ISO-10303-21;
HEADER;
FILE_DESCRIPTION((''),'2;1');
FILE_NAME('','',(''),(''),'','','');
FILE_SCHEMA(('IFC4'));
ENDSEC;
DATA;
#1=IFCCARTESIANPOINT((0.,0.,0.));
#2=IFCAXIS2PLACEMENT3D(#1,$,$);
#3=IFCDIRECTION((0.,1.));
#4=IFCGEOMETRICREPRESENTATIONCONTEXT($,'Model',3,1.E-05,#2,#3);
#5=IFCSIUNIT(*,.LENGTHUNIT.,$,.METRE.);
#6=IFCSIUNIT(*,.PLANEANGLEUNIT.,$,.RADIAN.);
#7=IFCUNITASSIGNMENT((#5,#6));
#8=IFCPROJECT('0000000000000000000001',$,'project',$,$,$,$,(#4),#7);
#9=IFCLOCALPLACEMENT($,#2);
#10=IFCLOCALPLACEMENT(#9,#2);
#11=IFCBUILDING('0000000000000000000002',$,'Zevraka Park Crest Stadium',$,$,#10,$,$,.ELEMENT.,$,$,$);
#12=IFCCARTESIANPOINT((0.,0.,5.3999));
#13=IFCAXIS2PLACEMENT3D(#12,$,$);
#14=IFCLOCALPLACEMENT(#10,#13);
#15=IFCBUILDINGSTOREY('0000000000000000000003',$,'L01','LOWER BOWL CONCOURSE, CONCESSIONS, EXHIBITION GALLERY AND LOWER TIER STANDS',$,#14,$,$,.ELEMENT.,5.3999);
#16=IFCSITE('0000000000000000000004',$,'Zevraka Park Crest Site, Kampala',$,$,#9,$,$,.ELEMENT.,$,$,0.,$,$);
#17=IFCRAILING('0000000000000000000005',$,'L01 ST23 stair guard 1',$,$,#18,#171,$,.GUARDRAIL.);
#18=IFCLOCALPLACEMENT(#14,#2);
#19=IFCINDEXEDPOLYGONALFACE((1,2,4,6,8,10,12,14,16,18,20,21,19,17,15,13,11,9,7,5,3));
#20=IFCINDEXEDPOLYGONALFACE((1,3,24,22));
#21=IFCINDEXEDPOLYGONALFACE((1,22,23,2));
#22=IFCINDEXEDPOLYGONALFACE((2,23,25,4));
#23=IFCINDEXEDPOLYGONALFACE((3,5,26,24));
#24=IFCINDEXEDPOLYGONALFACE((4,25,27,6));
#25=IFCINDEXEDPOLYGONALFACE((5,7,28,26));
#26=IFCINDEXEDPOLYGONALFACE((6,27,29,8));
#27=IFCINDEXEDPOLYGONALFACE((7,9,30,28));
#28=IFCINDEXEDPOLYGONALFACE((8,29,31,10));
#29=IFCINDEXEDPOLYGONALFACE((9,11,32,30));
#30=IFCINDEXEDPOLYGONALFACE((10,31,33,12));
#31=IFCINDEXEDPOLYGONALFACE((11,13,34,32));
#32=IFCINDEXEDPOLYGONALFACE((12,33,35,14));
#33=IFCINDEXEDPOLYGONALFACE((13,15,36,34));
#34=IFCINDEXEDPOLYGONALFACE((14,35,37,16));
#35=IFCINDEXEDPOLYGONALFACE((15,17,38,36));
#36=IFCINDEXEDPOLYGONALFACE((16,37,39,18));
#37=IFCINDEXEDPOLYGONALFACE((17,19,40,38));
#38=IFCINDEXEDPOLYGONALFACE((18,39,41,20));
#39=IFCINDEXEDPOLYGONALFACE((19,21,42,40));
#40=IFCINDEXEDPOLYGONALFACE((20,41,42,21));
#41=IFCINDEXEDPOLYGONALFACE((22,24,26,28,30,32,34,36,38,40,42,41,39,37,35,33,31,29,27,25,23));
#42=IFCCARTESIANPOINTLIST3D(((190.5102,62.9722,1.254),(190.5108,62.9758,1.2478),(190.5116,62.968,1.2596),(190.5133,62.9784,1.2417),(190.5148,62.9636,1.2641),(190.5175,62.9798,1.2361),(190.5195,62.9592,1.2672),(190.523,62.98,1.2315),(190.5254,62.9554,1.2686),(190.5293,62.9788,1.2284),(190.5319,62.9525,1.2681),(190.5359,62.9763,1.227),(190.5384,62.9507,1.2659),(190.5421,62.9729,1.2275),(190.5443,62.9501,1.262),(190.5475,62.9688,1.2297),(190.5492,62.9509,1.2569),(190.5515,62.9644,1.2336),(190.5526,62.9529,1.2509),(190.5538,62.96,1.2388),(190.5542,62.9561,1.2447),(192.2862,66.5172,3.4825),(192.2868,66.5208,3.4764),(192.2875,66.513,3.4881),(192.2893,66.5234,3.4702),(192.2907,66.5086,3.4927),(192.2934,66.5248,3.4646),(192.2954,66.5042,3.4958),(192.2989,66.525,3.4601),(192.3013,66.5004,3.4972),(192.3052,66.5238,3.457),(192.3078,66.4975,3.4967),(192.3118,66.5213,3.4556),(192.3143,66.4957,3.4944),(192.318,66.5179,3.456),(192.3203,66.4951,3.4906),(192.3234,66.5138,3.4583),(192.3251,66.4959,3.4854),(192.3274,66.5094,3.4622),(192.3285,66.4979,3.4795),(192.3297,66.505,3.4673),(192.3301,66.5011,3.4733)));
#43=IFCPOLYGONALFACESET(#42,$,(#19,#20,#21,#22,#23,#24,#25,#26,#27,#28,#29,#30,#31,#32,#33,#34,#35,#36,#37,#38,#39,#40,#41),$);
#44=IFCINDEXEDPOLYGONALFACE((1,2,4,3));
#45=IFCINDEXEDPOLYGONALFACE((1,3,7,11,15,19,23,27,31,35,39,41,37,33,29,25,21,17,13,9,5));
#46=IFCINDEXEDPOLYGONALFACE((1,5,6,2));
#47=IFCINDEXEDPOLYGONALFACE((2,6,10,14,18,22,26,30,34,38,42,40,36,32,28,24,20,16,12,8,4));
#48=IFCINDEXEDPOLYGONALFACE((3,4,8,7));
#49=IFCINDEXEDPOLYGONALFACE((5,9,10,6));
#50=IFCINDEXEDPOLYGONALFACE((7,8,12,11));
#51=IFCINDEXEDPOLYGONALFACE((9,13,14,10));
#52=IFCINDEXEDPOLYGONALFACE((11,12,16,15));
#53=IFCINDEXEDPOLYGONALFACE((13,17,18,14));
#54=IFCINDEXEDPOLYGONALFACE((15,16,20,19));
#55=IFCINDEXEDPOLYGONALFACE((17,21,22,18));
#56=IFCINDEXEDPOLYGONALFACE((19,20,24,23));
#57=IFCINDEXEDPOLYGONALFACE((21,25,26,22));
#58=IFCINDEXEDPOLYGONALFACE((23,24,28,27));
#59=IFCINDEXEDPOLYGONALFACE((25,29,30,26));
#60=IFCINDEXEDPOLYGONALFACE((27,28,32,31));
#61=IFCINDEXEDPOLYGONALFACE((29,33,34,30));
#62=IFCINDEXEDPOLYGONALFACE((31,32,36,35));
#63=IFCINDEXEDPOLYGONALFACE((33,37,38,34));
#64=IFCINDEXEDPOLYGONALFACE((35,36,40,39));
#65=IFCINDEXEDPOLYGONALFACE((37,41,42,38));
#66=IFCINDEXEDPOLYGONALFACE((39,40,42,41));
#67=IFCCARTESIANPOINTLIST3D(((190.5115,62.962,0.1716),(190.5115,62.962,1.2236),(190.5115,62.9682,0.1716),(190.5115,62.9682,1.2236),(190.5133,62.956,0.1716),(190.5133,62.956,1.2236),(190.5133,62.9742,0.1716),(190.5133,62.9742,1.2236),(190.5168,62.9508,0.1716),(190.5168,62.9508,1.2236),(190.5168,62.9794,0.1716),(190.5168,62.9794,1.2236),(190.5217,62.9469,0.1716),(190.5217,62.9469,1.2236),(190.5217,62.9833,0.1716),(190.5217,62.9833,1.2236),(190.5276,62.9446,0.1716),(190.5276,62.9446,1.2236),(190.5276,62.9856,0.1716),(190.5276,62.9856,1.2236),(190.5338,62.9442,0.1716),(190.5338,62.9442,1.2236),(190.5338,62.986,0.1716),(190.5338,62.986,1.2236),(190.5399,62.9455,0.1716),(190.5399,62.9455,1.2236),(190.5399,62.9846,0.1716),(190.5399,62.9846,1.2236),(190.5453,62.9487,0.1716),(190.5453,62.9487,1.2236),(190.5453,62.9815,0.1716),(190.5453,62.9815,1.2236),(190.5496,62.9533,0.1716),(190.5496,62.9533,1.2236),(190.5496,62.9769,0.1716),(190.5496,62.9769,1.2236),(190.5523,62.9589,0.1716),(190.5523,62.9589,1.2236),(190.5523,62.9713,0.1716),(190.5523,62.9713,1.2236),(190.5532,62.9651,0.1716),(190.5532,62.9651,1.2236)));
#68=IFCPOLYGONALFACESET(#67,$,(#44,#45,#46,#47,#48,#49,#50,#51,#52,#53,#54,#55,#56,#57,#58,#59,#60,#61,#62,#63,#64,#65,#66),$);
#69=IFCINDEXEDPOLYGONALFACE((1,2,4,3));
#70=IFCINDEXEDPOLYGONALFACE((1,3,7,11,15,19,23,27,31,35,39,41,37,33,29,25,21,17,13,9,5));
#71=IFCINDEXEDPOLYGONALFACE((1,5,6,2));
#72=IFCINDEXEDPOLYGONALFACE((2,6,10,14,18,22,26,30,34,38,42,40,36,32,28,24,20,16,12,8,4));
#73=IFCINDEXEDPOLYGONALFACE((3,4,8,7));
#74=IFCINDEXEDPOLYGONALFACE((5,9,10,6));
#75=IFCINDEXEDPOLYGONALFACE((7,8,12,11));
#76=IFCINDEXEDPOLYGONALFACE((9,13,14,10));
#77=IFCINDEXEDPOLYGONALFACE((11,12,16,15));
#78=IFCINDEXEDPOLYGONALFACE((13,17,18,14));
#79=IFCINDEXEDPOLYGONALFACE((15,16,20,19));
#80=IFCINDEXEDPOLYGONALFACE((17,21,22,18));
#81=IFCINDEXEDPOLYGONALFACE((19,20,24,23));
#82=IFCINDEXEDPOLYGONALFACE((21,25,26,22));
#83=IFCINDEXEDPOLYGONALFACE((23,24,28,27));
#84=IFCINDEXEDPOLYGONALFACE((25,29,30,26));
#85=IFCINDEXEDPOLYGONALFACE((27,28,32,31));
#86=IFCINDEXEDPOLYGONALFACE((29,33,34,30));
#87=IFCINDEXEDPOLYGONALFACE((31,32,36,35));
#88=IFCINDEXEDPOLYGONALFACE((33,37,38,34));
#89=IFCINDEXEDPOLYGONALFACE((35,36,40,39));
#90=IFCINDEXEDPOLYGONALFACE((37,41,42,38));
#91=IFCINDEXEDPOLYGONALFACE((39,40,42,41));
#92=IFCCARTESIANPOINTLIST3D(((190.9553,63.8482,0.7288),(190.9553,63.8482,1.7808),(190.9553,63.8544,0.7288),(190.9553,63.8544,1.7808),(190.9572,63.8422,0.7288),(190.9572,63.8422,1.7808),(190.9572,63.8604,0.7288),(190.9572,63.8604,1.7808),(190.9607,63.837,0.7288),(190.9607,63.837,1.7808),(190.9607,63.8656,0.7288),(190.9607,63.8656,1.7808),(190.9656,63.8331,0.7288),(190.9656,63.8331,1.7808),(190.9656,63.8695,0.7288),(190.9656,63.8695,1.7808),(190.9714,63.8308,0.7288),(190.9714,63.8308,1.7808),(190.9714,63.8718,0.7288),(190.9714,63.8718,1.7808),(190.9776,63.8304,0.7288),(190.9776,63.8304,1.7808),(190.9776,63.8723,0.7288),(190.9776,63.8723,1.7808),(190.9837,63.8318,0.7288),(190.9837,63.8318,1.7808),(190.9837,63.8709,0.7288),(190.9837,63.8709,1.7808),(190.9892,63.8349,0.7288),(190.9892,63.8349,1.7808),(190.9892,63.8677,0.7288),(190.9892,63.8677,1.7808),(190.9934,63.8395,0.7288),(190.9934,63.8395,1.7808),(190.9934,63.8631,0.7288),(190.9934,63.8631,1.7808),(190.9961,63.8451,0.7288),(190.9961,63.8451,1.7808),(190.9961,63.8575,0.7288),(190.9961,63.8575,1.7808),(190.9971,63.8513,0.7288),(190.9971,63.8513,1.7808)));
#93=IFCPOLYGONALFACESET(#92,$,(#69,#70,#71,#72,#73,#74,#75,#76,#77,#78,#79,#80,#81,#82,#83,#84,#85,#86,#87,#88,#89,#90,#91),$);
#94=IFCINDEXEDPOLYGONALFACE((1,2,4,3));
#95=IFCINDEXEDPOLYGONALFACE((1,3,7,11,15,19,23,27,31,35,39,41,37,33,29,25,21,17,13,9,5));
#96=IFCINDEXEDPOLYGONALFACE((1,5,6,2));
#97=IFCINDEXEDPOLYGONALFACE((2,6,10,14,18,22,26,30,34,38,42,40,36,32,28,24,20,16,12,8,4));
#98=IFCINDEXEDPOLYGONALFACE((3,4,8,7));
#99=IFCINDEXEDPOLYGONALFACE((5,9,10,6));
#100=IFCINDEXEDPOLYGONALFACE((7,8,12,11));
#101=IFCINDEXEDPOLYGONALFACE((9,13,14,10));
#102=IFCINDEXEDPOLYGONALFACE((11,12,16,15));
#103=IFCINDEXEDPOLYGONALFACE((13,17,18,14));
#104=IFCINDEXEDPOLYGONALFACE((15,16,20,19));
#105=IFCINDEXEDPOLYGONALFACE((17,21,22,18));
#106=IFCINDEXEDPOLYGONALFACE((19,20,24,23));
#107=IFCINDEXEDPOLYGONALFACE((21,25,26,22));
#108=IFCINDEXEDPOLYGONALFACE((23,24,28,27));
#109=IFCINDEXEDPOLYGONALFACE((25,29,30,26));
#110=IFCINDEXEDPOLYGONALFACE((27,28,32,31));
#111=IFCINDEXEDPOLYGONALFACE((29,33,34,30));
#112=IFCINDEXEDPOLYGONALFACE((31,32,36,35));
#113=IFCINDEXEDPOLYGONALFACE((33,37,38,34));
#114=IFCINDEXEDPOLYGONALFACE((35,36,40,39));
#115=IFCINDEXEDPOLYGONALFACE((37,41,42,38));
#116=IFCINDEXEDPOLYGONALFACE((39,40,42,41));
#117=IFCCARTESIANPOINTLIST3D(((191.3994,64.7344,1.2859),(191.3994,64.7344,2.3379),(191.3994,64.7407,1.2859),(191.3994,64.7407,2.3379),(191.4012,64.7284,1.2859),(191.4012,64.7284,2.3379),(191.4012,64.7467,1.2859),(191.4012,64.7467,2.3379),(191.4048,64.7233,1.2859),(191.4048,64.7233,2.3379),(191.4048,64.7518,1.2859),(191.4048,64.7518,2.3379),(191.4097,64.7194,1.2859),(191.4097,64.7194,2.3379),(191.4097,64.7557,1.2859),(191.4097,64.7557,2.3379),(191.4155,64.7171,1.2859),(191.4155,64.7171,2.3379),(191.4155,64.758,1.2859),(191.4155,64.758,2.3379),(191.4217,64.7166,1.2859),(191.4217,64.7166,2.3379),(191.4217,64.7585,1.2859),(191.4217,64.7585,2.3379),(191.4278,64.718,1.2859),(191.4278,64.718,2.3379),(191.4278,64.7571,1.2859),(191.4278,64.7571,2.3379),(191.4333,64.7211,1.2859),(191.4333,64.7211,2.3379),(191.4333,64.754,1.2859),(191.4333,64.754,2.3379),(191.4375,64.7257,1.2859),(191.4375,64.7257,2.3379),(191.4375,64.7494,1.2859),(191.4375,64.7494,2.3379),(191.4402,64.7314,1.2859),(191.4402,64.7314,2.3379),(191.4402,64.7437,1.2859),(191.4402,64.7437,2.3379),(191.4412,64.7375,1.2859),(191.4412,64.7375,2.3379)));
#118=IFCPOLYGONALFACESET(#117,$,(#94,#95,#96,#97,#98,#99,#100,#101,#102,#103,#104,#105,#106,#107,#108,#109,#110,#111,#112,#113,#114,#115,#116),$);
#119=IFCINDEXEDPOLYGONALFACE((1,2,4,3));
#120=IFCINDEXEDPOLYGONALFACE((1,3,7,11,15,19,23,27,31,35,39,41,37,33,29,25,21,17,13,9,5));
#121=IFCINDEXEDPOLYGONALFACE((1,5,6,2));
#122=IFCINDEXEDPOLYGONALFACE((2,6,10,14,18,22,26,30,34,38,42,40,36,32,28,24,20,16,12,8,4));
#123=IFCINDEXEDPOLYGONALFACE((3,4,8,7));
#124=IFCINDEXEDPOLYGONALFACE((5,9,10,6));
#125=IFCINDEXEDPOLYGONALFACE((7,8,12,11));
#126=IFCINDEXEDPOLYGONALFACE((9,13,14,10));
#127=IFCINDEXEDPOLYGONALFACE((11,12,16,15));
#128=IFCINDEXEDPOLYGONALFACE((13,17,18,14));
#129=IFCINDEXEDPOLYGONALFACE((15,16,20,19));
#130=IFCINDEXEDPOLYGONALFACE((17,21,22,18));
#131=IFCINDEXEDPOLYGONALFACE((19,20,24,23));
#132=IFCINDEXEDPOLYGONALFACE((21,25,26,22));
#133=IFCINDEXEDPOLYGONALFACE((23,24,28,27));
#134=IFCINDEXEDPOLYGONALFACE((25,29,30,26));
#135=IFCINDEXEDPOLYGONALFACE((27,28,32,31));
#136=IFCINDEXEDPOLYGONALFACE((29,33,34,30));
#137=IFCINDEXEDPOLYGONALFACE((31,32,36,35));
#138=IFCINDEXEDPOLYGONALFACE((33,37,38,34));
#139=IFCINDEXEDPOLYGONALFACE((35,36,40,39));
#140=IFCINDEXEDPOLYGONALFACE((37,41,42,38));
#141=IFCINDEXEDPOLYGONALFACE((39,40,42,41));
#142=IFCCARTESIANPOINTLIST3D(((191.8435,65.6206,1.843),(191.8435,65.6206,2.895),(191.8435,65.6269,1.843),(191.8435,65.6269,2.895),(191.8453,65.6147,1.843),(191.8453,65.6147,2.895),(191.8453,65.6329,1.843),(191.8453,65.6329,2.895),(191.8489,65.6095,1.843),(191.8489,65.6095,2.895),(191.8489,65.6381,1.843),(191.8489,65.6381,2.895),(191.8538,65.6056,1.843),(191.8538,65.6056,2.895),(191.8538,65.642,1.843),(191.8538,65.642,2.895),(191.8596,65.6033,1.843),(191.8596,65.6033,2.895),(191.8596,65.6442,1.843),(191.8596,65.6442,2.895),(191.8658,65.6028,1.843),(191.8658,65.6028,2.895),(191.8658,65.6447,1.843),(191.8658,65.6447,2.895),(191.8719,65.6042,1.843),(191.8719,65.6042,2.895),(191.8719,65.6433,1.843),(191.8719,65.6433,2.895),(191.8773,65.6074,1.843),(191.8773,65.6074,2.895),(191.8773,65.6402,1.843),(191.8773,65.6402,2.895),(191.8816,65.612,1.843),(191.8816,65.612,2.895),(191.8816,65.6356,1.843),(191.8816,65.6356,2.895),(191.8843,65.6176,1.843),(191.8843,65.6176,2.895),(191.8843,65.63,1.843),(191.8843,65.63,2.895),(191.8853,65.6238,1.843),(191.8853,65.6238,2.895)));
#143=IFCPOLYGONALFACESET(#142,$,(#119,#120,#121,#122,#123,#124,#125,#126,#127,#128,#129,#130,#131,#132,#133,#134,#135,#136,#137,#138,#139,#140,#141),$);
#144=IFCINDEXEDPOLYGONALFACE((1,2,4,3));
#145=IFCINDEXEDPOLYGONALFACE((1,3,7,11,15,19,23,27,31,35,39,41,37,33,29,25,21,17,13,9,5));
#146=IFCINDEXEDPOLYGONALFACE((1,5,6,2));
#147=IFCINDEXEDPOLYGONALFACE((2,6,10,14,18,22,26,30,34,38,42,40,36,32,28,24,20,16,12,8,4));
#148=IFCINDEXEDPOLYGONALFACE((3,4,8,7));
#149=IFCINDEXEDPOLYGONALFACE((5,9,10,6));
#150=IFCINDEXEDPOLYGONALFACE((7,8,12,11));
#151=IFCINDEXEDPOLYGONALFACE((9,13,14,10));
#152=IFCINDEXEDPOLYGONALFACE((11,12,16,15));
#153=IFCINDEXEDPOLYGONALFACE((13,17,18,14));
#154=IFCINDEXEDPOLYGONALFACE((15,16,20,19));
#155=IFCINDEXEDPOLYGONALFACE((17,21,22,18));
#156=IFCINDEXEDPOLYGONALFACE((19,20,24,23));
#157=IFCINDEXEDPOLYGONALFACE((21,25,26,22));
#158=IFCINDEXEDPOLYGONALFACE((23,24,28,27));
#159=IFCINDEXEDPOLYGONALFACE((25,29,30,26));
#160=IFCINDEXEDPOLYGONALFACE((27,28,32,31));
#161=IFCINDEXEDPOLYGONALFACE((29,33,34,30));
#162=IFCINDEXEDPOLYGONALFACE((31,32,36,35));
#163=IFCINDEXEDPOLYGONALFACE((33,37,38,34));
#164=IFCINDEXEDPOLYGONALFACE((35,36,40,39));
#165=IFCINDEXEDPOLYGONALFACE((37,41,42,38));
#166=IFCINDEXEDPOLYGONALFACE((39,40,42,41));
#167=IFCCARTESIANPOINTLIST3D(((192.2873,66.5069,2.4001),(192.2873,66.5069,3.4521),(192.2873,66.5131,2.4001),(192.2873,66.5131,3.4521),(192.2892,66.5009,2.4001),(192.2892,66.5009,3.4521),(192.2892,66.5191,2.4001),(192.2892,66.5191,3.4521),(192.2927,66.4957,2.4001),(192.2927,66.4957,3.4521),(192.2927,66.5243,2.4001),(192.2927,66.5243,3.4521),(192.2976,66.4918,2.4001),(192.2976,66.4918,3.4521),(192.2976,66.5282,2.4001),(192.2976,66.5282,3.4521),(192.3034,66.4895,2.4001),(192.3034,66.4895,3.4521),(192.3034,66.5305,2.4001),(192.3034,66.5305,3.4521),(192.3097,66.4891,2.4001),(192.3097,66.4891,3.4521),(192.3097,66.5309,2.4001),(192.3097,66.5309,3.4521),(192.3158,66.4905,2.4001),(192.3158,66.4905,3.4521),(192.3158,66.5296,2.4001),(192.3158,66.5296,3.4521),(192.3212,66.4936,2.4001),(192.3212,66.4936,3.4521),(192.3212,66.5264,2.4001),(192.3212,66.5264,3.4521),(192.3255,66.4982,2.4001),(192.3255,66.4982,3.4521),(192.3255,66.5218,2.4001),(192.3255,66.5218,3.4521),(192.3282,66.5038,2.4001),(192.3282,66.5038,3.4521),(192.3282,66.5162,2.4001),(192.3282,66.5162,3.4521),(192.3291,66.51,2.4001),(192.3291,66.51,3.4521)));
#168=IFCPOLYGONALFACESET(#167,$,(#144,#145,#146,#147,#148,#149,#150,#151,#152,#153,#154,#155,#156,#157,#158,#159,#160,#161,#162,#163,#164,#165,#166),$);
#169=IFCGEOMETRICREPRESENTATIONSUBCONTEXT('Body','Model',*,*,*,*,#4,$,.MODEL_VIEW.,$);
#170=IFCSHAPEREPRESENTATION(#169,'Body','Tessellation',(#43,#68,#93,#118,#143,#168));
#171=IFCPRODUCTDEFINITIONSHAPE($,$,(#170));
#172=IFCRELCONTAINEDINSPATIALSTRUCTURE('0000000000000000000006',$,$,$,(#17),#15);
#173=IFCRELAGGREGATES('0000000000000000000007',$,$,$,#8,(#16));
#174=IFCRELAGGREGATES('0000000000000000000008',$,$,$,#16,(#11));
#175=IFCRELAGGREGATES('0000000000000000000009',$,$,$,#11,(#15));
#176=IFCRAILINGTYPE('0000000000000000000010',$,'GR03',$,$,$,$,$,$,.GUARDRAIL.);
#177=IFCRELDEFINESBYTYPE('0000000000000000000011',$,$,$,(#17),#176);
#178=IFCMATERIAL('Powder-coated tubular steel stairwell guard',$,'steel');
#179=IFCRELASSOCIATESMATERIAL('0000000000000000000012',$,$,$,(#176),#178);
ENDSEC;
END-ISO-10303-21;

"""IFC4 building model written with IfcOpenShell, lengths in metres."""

from ifc_helpers import new_model, si_unit, direction, frame, origin, origin_2d, place, context, subcontext, project, spatial, circle, extrude, material, type_object, element, save


model = new_model("IFC4")

# Units and contexts
model_context = context("Model", 3, precision=1e-05, world=origin(), true_north=direction((0.0, 1.0)))
body_context = subcontext(model_context, "Body", "Model", "MODEL_VIEW")
ifc_project = project(units=[si_unit("LENGTHUNIT", "METRE"), si_unit("PLANEANGLEUNIT", "RADIAN")], contexts=[model_context])

# Site, building, storey
site_placement = place(None, origin())
site = spatial("IfcSite", under=ifc_project, at=site_placement, Name="Zevraka Park Crest Site, Kampala", CompositionType="ELEMENT", RefElevation=0.0)
building_placement = place(site_placement, origin())
building = spatial("IfcBuilding", under=site, at=building_placement, Name="Zevraka Park Crest Stadium", CompositionType="ELEMENT")
storey_placement = place(building_placement, frame((0.0, 0.0, 5.3999)))
storey = spatial("IfcBuildingStorey", under=building, at=storey_placement, Name="L01", Description="LOWER BOWL CONCOURSE, CONCESSIONS, EXHIBITION GALLERY AND LOWER TIER STANDS", CompositionType="ELEMENT", Elevation=5.3999)

# Railing
ifc_material_1 = material(Name="Powder-coated tubular steel stairwell guard", Category="steel")
railing_type_1 = type_object("IfcRailingType", Name="GR03", PredefinedType="GUARDRAIL", material=ifc_material_1)
railing_1_placement = place(storey_placement, frame((190.5322, 62.9651, 0.1716)))
element("IfcRailing", 1, at=railing_1_placement, inside=storey, type_object=railing_type_1, Name="L01 ST23 stair guard 1", PredefinedType="GUARDRAIL", context=body_context, shape_type="SweptSolid", body=[
    extrude(circle(Radius=0.0239, at=origin_2d()), frame((0.0, 0.0, 1.0762), z_axis=(0.390454, 0.779405, 0.489973), x_axis=(-0.894082, 0.447903, 0.0)), (0.0, 0.0, 1.0), 4.5483),
    extrude(circle(Radius=0.021, at=origin_2d()), origin(), (0.0, 0.0, 1.0), 1.052),
    extrude(circle(Radius=0.021, at=origin_2d()), frame((0.4438, 0.8862, 0.5571)), (0.0, 0.0, 1.0), 1.052),
    extrude(circle(Radius=0.021, at=origin_2d()), frame((0.8879, 1.7725, 1.1143)), (0.0, 0.0, 1.0), 1.052),
    extrude(circle(Radius=0.021, at=origin_2d()), frame((1.332, 2.6587, 1.6714)), (0.0, 0.0, 1.0), 1.052),
    extrude(circle(Radius=0.021, at=origin_2d()), frame((1.7759, 3.5449, 2.2285)), (0.0, 0.0, 1.0), 1.052),
])

save(model, "model.ifc")
